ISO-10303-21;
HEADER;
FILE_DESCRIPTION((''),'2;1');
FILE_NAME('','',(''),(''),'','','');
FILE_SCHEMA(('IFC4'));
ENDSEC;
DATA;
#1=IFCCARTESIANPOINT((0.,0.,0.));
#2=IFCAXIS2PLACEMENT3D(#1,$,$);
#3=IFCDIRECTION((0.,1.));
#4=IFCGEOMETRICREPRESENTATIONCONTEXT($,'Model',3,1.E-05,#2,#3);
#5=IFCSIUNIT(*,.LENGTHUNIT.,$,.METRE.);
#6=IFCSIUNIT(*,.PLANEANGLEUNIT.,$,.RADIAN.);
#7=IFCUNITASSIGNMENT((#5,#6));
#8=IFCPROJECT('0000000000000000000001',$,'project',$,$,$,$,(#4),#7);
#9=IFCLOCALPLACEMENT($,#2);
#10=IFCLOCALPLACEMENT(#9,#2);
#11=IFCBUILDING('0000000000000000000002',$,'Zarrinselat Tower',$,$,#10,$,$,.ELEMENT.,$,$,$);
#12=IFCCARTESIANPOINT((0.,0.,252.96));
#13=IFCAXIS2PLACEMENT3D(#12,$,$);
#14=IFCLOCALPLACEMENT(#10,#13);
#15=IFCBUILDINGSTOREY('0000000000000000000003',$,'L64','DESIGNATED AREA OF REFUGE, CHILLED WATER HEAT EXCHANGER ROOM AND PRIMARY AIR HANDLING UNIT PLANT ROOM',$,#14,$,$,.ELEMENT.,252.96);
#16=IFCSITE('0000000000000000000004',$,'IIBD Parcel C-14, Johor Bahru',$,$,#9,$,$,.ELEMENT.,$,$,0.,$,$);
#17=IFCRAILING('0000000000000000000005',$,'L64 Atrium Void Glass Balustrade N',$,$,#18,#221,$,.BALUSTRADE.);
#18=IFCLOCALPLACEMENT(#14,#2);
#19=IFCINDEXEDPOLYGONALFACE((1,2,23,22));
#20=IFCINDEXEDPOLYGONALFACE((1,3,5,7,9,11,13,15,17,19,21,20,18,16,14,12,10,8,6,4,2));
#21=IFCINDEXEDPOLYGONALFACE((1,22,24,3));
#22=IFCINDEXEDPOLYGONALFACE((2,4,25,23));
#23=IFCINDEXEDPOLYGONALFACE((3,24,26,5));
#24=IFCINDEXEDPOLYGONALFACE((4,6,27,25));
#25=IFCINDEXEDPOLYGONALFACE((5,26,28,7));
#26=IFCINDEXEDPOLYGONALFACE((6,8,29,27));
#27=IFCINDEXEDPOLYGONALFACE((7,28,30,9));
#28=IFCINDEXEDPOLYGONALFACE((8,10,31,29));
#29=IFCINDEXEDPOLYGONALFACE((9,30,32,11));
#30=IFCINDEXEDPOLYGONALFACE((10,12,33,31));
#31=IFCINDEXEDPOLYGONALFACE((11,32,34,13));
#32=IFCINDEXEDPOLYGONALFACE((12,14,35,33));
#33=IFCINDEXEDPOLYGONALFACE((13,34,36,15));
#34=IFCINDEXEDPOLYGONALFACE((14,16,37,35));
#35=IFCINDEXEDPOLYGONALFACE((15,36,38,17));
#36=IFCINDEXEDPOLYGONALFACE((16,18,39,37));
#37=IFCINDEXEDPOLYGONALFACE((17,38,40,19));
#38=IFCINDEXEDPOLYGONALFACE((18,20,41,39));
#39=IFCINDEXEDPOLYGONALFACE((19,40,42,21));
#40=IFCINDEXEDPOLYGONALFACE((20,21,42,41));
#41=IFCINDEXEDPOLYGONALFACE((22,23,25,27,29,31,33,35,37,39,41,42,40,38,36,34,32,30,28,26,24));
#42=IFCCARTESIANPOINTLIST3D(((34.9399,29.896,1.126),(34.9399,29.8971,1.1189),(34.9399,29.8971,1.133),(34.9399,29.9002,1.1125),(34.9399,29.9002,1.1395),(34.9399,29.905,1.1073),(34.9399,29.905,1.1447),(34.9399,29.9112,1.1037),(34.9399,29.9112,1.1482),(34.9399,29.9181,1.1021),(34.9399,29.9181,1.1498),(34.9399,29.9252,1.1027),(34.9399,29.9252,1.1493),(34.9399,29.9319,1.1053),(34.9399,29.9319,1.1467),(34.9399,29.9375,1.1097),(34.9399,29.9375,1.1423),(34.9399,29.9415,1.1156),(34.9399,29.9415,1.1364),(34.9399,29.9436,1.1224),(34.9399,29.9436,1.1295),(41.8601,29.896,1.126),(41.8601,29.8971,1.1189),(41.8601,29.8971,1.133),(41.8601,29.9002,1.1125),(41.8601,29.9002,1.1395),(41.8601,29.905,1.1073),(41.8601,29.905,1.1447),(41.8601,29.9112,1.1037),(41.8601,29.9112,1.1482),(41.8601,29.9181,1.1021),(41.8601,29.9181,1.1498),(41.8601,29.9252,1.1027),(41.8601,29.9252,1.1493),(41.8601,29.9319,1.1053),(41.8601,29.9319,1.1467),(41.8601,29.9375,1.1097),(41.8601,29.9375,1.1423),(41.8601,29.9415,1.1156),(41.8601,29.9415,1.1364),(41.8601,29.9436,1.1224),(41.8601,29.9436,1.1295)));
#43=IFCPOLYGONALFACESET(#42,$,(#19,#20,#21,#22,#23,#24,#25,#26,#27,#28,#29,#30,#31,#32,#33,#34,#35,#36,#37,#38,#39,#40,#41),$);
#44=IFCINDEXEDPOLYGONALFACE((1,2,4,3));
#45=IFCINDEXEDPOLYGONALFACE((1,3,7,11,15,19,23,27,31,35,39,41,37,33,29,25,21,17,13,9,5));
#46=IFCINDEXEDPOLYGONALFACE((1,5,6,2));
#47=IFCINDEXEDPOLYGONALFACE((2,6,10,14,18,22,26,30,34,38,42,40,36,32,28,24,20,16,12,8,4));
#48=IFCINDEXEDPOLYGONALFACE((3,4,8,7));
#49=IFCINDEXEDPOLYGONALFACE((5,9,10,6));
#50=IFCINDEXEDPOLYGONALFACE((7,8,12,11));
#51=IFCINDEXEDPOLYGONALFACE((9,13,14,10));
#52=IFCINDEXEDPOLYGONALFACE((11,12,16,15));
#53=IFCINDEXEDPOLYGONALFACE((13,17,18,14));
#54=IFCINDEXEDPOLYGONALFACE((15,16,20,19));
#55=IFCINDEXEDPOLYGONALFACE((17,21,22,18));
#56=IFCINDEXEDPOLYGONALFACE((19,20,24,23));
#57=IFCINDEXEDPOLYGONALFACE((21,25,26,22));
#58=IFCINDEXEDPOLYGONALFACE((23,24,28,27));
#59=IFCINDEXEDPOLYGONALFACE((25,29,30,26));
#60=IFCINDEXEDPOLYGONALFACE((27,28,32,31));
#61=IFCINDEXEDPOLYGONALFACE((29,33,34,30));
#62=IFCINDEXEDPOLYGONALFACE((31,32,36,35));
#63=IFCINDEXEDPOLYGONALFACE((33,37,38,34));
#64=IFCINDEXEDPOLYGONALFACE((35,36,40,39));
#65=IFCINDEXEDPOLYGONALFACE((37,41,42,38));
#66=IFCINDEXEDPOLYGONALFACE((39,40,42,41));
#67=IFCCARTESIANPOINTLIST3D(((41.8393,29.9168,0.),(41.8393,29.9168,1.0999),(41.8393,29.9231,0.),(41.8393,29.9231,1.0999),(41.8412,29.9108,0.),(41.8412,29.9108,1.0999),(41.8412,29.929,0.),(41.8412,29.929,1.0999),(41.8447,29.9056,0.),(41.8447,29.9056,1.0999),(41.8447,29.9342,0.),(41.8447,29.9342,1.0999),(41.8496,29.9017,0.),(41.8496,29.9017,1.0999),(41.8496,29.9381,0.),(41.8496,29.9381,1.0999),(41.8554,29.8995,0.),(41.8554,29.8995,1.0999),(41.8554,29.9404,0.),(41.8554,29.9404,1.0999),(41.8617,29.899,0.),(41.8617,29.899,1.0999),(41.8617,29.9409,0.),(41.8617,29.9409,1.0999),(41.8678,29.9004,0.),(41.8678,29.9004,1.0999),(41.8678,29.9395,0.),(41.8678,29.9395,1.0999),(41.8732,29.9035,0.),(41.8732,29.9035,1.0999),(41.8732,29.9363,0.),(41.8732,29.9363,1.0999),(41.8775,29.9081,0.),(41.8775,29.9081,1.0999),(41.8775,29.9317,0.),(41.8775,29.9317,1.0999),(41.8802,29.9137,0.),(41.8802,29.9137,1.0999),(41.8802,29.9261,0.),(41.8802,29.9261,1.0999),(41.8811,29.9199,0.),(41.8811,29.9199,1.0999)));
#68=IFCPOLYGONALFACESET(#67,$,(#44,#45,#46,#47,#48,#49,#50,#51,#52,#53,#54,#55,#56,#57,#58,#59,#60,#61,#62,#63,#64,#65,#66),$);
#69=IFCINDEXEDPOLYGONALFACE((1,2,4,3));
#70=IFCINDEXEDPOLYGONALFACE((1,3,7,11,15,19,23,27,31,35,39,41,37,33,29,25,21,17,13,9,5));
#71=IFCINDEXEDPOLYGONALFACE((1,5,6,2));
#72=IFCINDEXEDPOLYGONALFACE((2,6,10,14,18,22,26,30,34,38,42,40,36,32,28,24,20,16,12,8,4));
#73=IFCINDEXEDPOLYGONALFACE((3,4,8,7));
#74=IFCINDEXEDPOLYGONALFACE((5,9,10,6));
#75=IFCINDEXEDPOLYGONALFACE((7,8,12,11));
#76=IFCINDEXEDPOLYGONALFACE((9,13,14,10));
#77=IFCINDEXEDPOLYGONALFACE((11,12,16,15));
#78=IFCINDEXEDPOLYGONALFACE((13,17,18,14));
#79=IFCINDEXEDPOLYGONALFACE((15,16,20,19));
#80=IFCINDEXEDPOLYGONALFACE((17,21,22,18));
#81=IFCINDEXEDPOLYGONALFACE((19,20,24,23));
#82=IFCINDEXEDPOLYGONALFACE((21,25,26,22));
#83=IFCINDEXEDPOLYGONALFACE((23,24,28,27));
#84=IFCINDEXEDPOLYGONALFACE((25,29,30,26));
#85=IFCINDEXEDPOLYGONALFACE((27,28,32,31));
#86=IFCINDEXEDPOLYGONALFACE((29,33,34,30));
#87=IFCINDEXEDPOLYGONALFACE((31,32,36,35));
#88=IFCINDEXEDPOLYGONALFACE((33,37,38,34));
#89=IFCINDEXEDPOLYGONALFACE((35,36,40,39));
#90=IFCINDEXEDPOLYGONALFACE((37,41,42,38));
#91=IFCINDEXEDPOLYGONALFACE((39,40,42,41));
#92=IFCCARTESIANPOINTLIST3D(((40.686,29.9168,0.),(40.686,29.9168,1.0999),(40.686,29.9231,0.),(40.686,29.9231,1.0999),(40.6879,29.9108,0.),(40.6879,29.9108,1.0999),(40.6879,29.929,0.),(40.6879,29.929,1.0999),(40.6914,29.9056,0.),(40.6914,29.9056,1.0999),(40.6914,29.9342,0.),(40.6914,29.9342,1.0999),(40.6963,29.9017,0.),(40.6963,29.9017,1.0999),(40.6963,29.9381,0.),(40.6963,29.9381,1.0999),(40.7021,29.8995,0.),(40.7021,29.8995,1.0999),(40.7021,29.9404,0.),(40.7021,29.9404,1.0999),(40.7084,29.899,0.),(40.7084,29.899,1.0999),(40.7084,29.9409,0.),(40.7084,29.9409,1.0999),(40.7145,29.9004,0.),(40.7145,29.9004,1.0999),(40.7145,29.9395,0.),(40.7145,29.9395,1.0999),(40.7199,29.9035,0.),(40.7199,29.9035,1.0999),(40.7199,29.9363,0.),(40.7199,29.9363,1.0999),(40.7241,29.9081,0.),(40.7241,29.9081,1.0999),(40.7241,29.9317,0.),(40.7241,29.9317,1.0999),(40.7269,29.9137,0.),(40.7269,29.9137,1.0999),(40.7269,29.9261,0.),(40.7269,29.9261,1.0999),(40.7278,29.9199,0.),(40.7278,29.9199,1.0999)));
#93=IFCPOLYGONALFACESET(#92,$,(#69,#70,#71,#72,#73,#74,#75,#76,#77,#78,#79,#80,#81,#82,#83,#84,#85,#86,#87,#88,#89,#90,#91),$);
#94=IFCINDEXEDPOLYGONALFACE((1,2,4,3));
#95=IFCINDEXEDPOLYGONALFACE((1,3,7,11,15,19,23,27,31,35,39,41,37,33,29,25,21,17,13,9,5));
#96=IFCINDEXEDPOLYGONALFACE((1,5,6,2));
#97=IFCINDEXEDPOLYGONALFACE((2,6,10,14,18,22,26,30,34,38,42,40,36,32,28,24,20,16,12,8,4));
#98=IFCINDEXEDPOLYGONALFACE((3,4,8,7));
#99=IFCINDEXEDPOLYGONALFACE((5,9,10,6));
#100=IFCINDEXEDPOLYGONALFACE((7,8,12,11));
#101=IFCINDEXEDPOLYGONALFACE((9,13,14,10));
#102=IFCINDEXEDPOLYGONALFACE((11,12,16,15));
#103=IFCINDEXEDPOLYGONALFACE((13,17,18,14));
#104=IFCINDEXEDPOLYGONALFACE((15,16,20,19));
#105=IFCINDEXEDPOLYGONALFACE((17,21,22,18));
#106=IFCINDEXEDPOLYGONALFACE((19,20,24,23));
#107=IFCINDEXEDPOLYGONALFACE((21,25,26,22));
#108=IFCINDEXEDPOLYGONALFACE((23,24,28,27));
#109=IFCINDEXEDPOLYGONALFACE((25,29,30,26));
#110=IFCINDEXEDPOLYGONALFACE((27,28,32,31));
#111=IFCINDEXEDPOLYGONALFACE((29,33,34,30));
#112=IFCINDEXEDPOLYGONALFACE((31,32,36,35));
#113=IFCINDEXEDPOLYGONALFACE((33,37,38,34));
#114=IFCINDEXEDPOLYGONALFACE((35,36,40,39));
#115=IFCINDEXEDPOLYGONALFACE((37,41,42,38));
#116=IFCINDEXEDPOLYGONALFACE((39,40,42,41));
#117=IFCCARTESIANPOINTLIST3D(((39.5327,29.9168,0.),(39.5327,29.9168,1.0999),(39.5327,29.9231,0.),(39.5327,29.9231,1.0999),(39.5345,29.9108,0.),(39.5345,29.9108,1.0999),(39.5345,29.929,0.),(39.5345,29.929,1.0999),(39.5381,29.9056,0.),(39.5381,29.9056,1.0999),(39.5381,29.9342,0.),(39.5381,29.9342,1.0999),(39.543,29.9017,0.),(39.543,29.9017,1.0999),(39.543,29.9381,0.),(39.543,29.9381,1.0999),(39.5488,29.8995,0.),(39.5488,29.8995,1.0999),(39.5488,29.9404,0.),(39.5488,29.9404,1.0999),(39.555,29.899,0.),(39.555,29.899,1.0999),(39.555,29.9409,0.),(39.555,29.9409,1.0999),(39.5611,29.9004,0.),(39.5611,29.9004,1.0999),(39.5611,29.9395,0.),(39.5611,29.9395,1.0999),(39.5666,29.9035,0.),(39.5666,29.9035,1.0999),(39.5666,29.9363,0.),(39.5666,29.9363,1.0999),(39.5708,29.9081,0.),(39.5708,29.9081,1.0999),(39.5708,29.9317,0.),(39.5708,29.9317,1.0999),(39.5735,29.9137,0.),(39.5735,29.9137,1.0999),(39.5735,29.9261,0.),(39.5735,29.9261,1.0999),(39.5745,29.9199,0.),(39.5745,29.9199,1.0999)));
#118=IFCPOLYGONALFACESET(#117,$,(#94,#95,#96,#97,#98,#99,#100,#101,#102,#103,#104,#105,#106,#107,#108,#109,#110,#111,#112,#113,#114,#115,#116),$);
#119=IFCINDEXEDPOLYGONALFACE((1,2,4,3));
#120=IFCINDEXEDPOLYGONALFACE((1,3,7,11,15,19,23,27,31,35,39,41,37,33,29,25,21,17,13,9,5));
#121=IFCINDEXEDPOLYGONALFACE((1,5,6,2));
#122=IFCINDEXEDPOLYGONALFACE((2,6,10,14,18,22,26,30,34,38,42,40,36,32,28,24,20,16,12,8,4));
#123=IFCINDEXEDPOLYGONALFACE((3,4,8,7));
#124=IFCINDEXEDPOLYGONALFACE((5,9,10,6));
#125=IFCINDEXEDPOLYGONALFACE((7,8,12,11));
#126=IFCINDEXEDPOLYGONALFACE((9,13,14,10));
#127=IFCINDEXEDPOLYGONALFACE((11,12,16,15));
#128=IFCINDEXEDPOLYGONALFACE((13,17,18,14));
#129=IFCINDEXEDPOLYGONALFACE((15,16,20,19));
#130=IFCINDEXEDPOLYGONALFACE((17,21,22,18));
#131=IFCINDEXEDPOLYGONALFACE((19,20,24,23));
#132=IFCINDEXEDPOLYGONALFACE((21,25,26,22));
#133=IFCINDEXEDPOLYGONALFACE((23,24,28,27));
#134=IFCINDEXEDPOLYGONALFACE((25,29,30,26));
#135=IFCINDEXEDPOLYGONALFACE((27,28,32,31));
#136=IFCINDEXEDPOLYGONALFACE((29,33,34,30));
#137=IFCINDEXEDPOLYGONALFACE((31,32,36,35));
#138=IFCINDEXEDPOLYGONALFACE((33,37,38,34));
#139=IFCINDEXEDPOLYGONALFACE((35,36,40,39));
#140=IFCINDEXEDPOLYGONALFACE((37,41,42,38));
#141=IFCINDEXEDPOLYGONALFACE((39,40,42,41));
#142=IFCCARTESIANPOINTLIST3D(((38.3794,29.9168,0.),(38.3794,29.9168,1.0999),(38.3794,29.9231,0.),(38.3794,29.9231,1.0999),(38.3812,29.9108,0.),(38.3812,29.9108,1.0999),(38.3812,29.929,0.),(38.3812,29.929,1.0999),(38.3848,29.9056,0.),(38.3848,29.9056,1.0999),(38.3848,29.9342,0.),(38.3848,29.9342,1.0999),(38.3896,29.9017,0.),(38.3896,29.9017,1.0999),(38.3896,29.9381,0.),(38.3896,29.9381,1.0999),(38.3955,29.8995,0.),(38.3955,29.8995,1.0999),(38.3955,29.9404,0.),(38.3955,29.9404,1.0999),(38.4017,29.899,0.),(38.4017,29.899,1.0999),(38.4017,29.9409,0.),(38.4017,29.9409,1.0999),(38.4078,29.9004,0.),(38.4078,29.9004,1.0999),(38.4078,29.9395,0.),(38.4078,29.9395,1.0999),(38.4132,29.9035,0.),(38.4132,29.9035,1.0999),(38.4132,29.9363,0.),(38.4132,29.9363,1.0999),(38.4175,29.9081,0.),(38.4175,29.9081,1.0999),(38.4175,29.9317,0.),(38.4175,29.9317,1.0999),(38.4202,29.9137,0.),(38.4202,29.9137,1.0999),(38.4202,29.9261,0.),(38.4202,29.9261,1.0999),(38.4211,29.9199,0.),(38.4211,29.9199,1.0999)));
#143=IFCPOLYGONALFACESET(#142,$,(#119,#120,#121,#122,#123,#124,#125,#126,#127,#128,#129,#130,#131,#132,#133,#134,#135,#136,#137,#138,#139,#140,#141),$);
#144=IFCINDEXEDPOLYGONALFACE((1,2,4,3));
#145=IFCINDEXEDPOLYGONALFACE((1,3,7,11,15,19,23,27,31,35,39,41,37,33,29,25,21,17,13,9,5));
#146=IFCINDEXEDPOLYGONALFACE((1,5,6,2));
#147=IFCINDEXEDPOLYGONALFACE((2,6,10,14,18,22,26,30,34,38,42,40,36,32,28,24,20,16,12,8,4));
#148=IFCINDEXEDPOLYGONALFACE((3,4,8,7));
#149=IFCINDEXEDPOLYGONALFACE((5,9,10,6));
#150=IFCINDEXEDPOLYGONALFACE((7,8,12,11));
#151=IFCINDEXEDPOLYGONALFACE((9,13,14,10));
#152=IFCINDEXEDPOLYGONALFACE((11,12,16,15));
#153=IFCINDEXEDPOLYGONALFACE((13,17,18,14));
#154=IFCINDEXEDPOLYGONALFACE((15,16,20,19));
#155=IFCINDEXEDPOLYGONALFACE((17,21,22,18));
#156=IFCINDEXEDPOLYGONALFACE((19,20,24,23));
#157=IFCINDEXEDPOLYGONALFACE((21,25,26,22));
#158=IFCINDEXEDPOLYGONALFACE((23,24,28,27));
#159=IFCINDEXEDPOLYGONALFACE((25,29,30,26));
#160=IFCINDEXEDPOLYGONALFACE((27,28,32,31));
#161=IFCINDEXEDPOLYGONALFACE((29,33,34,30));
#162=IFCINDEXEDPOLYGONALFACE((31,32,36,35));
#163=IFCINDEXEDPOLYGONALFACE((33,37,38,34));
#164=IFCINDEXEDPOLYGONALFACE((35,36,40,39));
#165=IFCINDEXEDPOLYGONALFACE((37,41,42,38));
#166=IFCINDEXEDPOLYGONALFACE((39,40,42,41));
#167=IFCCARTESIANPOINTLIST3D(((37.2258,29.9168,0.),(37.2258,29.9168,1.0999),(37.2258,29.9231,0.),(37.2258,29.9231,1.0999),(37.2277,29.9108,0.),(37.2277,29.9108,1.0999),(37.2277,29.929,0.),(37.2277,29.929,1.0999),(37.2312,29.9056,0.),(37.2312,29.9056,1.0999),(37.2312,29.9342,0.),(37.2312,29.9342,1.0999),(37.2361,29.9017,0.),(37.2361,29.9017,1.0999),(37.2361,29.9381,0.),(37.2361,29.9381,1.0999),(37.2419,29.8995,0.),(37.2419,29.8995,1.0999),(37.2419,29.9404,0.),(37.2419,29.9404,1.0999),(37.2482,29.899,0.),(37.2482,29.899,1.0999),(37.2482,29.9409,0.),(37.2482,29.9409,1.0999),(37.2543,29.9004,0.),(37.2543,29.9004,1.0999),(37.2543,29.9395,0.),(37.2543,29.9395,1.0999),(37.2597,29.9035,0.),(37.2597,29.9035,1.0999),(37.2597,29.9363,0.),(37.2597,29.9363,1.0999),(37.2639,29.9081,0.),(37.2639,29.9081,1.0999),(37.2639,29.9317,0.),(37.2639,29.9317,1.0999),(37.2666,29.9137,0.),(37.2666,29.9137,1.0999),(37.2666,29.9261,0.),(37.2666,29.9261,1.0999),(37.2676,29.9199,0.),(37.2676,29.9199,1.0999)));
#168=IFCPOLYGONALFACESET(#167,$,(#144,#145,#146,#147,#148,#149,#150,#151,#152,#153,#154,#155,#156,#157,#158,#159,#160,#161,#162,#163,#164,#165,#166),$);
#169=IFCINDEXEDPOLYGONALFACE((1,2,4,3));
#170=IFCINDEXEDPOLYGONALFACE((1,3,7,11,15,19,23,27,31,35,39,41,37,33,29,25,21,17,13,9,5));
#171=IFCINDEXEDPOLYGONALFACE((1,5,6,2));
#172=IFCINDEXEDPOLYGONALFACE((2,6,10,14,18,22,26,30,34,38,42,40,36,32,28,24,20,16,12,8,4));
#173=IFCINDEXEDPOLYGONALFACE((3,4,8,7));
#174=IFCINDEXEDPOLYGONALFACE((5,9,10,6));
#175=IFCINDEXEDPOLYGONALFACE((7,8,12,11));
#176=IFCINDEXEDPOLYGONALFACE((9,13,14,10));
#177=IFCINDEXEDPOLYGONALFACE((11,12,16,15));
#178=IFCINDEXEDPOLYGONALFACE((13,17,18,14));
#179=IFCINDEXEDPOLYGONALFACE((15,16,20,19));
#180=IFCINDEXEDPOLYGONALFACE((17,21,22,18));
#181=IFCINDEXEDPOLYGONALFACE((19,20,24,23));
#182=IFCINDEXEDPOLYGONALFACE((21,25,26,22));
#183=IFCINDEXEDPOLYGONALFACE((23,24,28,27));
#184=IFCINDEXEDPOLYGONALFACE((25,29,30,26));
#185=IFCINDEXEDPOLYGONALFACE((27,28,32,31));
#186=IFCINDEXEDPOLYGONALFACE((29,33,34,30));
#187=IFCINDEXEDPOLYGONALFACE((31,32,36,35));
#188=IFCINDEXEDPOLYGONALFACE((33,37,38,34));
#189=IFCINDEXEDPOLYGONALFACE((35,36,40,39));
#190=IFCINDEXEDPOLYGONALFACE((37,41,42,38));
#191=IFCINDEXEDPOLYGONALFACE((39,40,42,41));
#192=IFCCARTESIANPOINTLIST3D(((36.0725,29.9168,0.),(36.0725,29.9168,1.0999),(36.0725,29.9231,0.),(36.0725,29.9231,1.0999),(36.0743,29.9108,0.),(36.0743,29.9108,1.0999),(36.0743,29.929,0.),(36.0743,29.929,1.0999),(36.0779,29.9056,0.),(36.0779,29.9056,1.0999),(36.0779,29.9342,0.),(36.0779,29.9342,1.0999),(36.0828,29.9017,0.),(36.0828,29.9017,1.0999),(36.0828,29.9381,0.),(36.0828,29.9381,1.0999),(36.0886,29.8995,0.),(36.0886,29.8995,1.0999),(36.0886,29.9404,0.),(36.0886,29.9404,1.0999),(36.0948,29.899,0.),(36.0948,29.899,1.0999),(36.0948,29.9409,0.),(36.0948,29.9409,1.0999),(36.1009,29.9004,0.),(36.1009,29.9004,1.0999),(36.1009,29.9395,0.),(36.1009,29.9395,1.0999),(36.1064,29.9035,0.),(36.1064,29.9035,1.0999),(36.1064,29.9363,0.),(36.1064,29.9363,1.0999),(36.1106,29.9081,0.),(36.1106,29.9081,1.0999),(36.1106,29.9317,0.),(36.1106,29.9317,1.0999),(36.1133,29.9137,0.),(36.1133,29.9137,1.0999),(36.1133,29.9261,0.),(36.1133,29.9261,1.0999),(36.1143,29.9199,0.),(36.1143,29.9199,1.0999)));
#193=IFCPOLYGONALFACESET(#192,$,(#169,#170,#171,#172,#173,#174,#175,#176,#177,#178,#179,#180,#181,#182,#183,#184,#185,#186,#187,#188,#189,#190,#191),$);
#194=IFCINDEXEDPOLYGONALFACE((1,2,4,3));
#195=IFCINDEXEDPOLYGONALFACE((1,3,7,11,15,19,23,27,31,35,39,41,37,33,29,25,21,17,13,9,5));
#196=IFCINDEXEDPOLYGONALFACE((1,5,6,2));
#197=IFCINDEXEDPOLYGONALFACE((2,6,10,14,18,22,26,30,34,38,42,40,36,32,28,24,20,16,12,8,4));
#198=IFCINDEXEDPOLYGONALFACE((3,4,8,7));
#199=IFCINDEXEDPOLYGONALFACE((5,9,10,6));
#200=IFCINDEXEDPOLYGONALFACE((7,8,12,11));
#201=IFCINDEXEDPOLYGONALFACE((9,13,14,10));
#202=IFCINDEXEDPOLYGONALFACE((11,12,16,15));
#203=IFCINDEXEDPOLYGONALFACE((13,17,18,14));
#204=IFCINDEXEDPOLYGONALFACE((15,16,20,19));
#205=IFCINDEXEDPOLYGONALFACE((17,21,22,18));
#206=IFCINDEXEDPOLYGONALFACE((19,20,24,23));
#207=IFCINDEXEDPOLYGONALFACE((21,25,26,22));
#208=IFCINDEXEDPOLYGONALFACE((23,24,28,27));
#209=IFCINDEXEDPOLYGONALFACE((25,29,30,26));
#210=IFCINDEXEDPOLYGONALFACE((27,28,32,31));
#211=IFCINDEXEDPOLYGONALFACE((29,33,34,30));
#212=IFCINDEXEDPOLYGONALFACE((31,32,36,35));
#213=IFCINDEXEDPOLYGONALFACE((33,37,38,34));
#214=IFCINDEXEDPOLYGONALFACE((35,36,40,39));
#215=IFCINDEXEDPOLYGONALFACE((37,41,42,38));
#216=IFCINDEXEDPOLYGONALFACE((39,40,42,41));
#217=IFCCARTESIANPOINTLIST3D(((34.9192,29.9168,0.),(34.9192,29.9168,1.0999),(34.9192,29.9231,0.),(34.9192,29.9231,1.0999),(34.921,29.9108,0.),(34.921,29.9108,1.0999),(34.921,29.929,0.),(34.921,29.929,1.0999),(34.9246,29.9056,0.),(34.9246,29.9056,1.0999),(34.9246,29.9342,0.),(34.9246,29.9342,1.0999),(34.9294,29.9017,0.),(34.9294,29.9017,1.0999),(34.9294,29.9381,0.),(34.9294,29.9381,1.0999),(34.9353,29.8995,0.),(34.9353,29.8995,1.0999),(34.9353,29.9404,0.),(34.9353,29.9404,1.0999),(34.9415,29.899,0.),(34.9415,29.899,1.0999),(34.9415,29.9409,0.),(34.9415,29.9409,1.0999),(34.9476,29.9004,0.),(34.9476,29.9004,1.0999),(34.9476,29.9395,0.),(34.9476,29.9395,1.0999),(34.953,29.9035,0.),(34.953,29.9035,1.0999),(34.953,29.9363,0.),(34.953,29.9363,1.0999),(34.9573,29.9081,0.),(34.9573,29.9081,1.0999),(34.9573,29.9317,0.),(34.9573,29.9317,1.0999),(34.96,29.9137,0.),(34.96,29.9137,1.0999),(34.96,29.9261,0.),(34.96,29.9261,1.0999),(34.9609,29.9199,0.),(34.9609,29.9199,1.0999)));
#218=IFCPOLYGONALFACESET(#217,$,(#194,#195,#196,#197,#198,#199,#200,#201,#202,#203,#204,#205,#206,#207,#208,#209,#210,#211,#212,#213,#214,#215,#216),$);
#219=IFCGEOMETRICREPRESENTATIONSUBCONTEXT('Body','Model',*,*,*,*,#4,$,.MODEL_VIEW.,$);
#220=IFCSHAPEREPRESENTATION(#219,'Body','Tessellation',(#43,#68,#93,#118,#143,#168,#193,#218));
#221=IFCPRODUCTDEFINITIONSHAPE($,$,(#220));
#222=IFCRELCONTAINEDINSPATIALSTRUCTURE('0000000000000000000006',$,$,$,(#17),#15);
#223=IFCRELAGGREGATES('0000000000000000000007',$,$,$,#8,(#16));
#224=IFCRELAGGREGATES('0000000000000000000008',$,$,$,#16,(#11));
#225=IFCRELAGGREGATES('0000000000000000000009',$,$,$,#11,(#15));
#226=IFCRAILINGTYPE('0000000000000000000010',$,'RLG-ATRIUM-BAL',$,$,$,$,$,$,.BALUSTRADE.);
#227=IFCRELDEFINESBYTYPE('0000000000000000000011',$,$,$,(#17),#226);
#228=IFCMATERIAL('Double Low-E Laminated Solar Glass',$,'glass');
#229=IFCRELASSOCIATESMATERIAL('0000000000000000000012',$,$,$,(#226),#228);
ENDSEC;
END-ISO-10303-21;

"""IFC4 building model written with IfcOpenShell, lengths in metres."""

from ifc_helpers import new_model, si_unit, direction, frame, origin, origin_2d, place, context, subcontext, project, spatial, circle, extrude, material, type_object, element, save


model = new_model("IFC4")

# Units and contexts
model_context = context("Model", 3, precision=1e-05, world=origin(), true_north=direction((0.0, 1.0)))
body_context = subcontext(model_context, "Body", "Model", "MODEL_VIEW")
ifc_project = project(units=[si_unit("LENGTHUNIT", "METRE"), si_unit("PLANEANGLEUNIT", "RADIAN")], contexts=[model_context])

# Site, building, storey
site_placement = place(None, origin())
site = spatial("IfcSite", under=ifc_project, at=site_placement, Name="IIBD Parcel C-14, Johor Bahru", CompositionType="ELEMENT", RefElevation=0.0)
building_placement = place(site_placement, origin())
building = spatial("IfcBuilding", under=site, at=building_placement, Name="Zarrinselat Tower", CompositionType="ELEMENT")
storey_placement = place(building_placement, frame((0.0, 0.0, 252.96)))
storey = spatial("IfcBuildingStorey", under=building, at=storey_placement, Name="L64", Description="DESIGNATED AREA OF REFUGE, CHILLED WATER HEAT EXCHANGER ROOM AND PRIMARY AIR HANDLING UNIT PLANT ROOM", CompositionType="ELEMENT", Elevation=252.96)

# Railing
ifc_material_1 = material(Name="Double Low-E Laminated Solar Glass", Category="glass")
railing_type = type_object("IfcRailingType", Name="RLG-ATRIUM-BAL", PredefinedType="BALUSTRADE", material=ifc_material_1)
railing_1_placement = place(storey_placement, frame((41.8601, 29.9199, 0.0)))
element("IfcRailing", 1, at=railing_1_placement, inside=storey, type_object=railing_type, Name="L64 Atrium Void Glass Balustrade N", PredefinedType="BALUSTRADE", context=body_context, shape_type="SweptSolid", body=[
    extrude(circle(Radius=0.0239, at=origin_2d()), frame((0.0, 0.0, 1.126), z_axis=(-1.0, 0.0, 0.0), x_axis=(0.0, -1.0, 0.0)), (0.0, 0.0, 1.0), 6.9202),
    extrude(circle(Radius=0.021, at=origin_2d()), origin(), (0.0, 0.0, 1.0), 1.0999),
    extrude(circle(Radius=0.021, at=origin_2d()), frame((-1.1533, 0.0, 0.0)), (0.0, 0.0, 1.0), 1.0999),
    extrude(circle(Radius=0.021, at=origin_2d()), frame((-2.3066, 0.0, 0.0)), (0.0, 0.0, 1.0), 1.0999),
    extrude(circle(Radius=0.021, at=origin_2d()), frame((-3.46, 0.0, 0.0)), (0.0, 0.0, 1.0), 1.0999),
    extrude(circle(Radius=0.021, at=origin_2d()), frame((-4.6135, 0.0, 0.0)), (0.0, 0.0, 1.0), 1.0999),
    extrude(circle(Radius=0.021, at=origin_2d()), frame((-5.7668, 0.0, 0.0)), (0.0, 0.0, 1.0), 1.0999),
    extrude(circle(Radius=0.021, at=origin_2d()), frame((-6.9202, 0.0, 0.0)), (0.0, 0.0, 1.0), 1.0999),
])

save(model, "model.ifc")
